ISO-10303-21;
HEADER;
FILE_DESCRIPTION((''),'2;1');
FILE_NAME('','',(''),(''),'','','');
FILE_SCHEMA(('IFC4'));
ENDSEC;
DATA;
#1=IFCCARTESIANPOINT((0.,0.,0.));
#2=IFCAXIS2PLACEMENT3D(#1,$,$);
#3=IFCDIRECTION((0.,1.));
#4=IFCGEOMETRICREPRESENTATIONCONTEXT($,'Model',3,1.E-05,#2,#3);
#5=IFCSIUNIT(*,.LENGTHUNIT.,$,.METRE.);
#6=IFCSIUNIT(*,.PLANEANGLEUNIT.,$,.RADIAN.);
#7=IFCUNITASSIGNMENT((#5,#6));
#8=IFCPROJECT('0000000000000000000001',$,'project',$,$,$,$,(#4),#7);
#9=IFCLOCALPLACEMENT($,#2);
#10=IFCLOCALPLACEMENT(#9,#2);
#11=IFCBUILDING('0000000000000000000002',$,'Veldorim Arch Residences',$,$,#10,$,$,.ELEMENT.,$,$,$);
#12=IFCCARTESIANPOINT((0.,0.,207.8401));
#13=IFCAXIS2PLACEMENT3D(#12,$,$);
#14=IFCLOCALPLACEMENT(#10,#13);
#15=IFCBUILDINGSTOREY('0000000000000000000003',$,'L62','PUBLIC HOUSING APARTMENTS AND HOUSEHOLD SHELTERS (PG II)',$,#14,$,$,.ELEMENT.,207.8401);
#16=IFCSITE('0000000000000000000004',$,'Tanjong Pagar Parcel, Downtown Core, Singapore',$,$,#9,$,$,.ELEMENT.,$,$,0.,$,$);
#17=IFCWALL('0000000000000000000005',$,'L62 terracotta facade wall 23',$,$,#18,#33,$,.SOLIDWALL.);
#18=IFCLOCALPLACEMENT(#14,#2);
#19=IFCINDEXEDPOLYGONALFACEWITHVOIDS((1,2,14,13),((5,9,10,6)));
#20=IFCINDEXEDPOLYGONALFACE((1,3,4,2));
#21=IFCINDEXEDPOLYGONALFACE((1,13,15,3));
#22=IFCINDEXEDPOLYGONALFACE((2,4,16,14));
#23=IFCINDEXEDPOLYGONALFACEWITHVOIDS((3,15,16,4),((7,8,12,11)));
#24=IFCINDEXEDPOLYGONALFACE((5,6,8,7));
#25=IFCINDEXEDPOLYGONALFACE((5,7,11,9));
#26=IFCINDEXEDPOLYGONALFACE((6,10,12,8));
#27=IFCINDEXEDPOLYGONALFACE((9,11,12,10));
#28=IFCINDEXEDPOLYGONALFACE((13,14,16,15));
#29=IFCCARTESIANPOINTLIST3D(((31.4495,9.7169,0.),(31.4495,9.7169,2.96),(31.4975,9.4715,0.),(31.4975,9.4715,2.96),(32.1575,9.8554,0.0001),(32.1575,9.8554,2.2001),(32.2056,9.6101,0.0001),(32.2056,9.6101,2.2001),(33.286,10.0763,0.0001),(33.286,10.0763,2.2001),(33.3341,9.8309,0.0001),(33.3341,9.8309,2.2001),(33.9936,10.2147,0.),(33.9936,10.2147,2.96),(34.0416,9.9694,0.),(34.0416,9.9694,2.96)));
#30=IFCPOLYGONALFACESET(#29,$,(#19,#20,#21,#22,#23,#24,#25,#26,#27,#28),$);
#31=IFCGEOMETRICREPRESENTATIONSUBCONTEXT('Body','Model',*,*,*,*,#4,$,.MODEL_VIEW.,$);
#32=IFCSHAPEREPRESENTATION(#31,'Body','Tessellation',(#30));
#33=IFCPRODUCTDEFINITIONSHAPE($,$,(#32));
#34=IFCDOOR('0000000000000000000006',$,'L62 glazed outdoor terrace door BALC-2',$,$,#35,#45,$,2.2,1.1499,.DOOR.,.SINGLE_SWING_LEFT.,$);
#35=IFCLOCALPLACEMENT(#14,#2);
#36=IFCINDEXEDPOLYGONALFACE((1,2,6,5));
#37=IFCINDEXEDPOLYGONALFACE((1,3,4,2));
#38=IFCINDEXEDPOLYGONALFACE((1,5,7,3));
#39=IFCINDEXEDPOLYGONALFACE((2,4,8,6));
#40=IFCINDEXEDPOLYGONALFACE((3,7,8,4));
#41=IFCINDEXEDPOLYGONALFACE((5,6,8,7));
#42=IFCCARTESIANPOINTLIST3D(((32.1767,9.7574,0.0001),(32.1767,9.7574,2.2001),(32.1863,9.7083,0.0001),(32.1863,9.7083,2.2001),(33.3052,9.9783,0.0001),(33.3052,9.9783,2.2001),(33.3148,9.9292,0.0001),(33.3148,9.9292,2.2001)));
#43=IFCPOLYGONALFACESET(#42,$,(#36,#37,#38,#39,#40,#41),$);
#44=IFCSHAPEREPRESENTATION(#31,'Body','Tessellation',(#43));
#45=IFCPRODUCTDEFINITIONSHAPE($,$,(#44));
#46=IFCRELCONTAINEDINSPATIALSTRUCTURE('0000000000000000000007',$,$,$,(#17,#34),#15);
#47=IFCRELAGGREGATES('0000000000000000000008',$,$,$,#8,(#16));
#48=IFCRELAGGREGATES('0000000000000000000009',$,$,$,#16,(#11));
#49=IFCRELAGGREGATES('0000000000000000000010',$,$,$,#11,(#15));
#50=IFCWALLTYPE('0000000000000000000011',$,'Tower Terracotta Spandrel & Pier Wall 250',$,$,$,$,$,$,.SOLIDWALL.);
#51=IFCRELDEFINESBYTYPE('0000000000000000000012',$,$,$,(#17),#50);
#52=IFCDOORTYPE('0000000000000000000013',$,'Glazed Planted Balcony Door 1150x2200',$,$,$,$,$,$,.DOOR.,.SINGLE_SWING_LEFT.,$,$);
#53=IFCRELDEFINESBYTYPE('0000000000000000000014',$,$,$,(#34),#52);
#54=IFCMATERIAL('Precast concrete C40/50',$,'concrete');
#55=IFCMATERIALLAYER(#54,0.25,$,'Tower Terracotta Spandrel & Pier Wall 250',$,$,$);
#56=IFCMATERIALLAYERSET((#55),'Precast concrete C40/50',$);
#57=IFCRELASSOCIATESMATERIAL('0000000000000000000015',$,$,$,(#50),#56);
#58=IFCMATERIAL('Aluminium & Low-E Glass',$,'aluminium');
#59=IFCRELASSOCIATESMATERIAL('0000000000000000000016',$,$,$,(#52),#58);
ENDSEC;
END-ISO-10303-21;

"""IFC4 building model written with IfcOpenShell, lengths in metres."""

from ifc_helpers import new_model, si_unit, direction, frame, frame_2d, origin, place, context, subcontext, project, spatial, rectangle, extrude, material, layer, layer_set, type_object, element, fill, save


model = new_model("IFC4")

# Units and contexts
model_context = context("Model", 3, precision=1e-05, world=origin(), true_north=direction((0.0, 1.0)))
body_context = subcontext(model_context, "Body", "Model", "MODEL_VIEW")
ifc_project = project(units=[si_unit("LENGTHUNIT", "METRE"), si_unit("PLANEANGLEUNIT", "RADIAN")], contexts=[model_context])

# Site, building, storey
site_placement = place(None, origin())
site = spatial("IfcSite", under=ifc_project, at=site_placement, Name="Tanjong Pagar Parcel, Downtown Core, Singapore", CompositionType="ELEMENT", RefElevation=0.0)
building_placement = place(site_placement, origin())
building = spatial("IfcBuilding", under=site, at=building_placement, Name="Veldorim Arch Residences", CompositionType="ELEMENT")
storey_placement = place(building_placement, frame((0.0, 0.0, 207.8401)))
storey = spatial("IfcBuildingStorey", under=building, at=storey_placement, Name="L62", Description="PUBLIC HOUSING APARTMENTS AND HOUSEHOLD SHELTERS (PG II)", CompositionType="ELEMENT", Elevation=207.8401)

# Shared definitions
ifc_material_1 = material(Name="Precast concrete C40/50", Category="concrete")
ifc_layer_1 = layer(ifc_material_1, 0.25, Name="Tower Terracotta Spandrel & Pier Wall 250")
ifc_layer_set_1 = layer_set([ifc_layer_1], Name="Precast concrete C40/50")
wall_type_1 = type_object("IfcWallType", Name="Tower Terracotta Spandrel & Pier Wall 250", PredefinedType="SOLIDWALL", material=ifc_layer_set_1)

# Wall, opening, door
wall_1_placement = place(storey_placement, frame((34.0176, 10.092, 0.0), z_axis=(0.0, 0.0, 1.0), x_axis=(-0.981387, -0.192039, 0.0)))
wall_1 = element("IfcWall", 1, at=wall_1_placement, inside=storey, type_object=wall_type_1, Name="L62 terracotta facade wall 23", PredefinedType="SOLIDWALL", context=body_context, shape_type="SweptSolid", body=[
    extrude(rectangle(XDim=2.5923, YDim=0.25, at=frame_2d((1.2961, 0.0))), origin(), (0.0, 0.0, 1.0), 2.96),
])
opening_1_placement = place(wall_1_placement, frame((0.7209, 0.0, 0.0)))
opening_1 = element("IfcOpeningElement", 2, at=opening_1_placement, cuts=wall_1, PredefinedType="OPENING", context=body_context, shape_type="SweptSolid", body=[
    extrude(rectangle(XDim=1.1499, YDim=2.2, at=frame_2d((0.575, 1.1001))), frame((0.0, 0.135, 0.0), z_axis=(0.0, -1.0, 0.0), x_axis=(1.0, 0.0, 0.0)), (0.0, 0.0, 1.0), 0.27),
])
ifc_material_2 = material(Name="Aluminium & Low-E Glass", Category="aluminium")
door_type = type_object("IfcDoorType", Name="Glazed Planted Balcony Door 1150x2200", OperationType="SINGLE_SWING_LEFT", PredefinedType="DOOR", material=ifc_material_2)
door_placement = place(opening_1_placement, origin())
door = element("IfcDoor", 3, at=door_placement, inside=storey, type_object=door_type, Name="L62 glazed outdoor terrace door BALC-2", OperationType="SINGLE_SWING_LEFT", OverallHeight=2.2, OverallWidth=1.1499, PredefinedType="DOOR", context=body_context, shape_type="SweptSolid", body=[
    extrude(rectangle(XDim=1.1499, YDim=2.2, at=frame_2d((0.575, 1.1001))), frame((0.0, 0.0249, 0.0), z_axis=(0.0, -1.0, 0.0), x_axis=(1.0, 0.0, 0.0)), (0.0, 0.0, 1.0), 0.05),
])
fill(opening_1, door)

save(model, "model.ifc")
